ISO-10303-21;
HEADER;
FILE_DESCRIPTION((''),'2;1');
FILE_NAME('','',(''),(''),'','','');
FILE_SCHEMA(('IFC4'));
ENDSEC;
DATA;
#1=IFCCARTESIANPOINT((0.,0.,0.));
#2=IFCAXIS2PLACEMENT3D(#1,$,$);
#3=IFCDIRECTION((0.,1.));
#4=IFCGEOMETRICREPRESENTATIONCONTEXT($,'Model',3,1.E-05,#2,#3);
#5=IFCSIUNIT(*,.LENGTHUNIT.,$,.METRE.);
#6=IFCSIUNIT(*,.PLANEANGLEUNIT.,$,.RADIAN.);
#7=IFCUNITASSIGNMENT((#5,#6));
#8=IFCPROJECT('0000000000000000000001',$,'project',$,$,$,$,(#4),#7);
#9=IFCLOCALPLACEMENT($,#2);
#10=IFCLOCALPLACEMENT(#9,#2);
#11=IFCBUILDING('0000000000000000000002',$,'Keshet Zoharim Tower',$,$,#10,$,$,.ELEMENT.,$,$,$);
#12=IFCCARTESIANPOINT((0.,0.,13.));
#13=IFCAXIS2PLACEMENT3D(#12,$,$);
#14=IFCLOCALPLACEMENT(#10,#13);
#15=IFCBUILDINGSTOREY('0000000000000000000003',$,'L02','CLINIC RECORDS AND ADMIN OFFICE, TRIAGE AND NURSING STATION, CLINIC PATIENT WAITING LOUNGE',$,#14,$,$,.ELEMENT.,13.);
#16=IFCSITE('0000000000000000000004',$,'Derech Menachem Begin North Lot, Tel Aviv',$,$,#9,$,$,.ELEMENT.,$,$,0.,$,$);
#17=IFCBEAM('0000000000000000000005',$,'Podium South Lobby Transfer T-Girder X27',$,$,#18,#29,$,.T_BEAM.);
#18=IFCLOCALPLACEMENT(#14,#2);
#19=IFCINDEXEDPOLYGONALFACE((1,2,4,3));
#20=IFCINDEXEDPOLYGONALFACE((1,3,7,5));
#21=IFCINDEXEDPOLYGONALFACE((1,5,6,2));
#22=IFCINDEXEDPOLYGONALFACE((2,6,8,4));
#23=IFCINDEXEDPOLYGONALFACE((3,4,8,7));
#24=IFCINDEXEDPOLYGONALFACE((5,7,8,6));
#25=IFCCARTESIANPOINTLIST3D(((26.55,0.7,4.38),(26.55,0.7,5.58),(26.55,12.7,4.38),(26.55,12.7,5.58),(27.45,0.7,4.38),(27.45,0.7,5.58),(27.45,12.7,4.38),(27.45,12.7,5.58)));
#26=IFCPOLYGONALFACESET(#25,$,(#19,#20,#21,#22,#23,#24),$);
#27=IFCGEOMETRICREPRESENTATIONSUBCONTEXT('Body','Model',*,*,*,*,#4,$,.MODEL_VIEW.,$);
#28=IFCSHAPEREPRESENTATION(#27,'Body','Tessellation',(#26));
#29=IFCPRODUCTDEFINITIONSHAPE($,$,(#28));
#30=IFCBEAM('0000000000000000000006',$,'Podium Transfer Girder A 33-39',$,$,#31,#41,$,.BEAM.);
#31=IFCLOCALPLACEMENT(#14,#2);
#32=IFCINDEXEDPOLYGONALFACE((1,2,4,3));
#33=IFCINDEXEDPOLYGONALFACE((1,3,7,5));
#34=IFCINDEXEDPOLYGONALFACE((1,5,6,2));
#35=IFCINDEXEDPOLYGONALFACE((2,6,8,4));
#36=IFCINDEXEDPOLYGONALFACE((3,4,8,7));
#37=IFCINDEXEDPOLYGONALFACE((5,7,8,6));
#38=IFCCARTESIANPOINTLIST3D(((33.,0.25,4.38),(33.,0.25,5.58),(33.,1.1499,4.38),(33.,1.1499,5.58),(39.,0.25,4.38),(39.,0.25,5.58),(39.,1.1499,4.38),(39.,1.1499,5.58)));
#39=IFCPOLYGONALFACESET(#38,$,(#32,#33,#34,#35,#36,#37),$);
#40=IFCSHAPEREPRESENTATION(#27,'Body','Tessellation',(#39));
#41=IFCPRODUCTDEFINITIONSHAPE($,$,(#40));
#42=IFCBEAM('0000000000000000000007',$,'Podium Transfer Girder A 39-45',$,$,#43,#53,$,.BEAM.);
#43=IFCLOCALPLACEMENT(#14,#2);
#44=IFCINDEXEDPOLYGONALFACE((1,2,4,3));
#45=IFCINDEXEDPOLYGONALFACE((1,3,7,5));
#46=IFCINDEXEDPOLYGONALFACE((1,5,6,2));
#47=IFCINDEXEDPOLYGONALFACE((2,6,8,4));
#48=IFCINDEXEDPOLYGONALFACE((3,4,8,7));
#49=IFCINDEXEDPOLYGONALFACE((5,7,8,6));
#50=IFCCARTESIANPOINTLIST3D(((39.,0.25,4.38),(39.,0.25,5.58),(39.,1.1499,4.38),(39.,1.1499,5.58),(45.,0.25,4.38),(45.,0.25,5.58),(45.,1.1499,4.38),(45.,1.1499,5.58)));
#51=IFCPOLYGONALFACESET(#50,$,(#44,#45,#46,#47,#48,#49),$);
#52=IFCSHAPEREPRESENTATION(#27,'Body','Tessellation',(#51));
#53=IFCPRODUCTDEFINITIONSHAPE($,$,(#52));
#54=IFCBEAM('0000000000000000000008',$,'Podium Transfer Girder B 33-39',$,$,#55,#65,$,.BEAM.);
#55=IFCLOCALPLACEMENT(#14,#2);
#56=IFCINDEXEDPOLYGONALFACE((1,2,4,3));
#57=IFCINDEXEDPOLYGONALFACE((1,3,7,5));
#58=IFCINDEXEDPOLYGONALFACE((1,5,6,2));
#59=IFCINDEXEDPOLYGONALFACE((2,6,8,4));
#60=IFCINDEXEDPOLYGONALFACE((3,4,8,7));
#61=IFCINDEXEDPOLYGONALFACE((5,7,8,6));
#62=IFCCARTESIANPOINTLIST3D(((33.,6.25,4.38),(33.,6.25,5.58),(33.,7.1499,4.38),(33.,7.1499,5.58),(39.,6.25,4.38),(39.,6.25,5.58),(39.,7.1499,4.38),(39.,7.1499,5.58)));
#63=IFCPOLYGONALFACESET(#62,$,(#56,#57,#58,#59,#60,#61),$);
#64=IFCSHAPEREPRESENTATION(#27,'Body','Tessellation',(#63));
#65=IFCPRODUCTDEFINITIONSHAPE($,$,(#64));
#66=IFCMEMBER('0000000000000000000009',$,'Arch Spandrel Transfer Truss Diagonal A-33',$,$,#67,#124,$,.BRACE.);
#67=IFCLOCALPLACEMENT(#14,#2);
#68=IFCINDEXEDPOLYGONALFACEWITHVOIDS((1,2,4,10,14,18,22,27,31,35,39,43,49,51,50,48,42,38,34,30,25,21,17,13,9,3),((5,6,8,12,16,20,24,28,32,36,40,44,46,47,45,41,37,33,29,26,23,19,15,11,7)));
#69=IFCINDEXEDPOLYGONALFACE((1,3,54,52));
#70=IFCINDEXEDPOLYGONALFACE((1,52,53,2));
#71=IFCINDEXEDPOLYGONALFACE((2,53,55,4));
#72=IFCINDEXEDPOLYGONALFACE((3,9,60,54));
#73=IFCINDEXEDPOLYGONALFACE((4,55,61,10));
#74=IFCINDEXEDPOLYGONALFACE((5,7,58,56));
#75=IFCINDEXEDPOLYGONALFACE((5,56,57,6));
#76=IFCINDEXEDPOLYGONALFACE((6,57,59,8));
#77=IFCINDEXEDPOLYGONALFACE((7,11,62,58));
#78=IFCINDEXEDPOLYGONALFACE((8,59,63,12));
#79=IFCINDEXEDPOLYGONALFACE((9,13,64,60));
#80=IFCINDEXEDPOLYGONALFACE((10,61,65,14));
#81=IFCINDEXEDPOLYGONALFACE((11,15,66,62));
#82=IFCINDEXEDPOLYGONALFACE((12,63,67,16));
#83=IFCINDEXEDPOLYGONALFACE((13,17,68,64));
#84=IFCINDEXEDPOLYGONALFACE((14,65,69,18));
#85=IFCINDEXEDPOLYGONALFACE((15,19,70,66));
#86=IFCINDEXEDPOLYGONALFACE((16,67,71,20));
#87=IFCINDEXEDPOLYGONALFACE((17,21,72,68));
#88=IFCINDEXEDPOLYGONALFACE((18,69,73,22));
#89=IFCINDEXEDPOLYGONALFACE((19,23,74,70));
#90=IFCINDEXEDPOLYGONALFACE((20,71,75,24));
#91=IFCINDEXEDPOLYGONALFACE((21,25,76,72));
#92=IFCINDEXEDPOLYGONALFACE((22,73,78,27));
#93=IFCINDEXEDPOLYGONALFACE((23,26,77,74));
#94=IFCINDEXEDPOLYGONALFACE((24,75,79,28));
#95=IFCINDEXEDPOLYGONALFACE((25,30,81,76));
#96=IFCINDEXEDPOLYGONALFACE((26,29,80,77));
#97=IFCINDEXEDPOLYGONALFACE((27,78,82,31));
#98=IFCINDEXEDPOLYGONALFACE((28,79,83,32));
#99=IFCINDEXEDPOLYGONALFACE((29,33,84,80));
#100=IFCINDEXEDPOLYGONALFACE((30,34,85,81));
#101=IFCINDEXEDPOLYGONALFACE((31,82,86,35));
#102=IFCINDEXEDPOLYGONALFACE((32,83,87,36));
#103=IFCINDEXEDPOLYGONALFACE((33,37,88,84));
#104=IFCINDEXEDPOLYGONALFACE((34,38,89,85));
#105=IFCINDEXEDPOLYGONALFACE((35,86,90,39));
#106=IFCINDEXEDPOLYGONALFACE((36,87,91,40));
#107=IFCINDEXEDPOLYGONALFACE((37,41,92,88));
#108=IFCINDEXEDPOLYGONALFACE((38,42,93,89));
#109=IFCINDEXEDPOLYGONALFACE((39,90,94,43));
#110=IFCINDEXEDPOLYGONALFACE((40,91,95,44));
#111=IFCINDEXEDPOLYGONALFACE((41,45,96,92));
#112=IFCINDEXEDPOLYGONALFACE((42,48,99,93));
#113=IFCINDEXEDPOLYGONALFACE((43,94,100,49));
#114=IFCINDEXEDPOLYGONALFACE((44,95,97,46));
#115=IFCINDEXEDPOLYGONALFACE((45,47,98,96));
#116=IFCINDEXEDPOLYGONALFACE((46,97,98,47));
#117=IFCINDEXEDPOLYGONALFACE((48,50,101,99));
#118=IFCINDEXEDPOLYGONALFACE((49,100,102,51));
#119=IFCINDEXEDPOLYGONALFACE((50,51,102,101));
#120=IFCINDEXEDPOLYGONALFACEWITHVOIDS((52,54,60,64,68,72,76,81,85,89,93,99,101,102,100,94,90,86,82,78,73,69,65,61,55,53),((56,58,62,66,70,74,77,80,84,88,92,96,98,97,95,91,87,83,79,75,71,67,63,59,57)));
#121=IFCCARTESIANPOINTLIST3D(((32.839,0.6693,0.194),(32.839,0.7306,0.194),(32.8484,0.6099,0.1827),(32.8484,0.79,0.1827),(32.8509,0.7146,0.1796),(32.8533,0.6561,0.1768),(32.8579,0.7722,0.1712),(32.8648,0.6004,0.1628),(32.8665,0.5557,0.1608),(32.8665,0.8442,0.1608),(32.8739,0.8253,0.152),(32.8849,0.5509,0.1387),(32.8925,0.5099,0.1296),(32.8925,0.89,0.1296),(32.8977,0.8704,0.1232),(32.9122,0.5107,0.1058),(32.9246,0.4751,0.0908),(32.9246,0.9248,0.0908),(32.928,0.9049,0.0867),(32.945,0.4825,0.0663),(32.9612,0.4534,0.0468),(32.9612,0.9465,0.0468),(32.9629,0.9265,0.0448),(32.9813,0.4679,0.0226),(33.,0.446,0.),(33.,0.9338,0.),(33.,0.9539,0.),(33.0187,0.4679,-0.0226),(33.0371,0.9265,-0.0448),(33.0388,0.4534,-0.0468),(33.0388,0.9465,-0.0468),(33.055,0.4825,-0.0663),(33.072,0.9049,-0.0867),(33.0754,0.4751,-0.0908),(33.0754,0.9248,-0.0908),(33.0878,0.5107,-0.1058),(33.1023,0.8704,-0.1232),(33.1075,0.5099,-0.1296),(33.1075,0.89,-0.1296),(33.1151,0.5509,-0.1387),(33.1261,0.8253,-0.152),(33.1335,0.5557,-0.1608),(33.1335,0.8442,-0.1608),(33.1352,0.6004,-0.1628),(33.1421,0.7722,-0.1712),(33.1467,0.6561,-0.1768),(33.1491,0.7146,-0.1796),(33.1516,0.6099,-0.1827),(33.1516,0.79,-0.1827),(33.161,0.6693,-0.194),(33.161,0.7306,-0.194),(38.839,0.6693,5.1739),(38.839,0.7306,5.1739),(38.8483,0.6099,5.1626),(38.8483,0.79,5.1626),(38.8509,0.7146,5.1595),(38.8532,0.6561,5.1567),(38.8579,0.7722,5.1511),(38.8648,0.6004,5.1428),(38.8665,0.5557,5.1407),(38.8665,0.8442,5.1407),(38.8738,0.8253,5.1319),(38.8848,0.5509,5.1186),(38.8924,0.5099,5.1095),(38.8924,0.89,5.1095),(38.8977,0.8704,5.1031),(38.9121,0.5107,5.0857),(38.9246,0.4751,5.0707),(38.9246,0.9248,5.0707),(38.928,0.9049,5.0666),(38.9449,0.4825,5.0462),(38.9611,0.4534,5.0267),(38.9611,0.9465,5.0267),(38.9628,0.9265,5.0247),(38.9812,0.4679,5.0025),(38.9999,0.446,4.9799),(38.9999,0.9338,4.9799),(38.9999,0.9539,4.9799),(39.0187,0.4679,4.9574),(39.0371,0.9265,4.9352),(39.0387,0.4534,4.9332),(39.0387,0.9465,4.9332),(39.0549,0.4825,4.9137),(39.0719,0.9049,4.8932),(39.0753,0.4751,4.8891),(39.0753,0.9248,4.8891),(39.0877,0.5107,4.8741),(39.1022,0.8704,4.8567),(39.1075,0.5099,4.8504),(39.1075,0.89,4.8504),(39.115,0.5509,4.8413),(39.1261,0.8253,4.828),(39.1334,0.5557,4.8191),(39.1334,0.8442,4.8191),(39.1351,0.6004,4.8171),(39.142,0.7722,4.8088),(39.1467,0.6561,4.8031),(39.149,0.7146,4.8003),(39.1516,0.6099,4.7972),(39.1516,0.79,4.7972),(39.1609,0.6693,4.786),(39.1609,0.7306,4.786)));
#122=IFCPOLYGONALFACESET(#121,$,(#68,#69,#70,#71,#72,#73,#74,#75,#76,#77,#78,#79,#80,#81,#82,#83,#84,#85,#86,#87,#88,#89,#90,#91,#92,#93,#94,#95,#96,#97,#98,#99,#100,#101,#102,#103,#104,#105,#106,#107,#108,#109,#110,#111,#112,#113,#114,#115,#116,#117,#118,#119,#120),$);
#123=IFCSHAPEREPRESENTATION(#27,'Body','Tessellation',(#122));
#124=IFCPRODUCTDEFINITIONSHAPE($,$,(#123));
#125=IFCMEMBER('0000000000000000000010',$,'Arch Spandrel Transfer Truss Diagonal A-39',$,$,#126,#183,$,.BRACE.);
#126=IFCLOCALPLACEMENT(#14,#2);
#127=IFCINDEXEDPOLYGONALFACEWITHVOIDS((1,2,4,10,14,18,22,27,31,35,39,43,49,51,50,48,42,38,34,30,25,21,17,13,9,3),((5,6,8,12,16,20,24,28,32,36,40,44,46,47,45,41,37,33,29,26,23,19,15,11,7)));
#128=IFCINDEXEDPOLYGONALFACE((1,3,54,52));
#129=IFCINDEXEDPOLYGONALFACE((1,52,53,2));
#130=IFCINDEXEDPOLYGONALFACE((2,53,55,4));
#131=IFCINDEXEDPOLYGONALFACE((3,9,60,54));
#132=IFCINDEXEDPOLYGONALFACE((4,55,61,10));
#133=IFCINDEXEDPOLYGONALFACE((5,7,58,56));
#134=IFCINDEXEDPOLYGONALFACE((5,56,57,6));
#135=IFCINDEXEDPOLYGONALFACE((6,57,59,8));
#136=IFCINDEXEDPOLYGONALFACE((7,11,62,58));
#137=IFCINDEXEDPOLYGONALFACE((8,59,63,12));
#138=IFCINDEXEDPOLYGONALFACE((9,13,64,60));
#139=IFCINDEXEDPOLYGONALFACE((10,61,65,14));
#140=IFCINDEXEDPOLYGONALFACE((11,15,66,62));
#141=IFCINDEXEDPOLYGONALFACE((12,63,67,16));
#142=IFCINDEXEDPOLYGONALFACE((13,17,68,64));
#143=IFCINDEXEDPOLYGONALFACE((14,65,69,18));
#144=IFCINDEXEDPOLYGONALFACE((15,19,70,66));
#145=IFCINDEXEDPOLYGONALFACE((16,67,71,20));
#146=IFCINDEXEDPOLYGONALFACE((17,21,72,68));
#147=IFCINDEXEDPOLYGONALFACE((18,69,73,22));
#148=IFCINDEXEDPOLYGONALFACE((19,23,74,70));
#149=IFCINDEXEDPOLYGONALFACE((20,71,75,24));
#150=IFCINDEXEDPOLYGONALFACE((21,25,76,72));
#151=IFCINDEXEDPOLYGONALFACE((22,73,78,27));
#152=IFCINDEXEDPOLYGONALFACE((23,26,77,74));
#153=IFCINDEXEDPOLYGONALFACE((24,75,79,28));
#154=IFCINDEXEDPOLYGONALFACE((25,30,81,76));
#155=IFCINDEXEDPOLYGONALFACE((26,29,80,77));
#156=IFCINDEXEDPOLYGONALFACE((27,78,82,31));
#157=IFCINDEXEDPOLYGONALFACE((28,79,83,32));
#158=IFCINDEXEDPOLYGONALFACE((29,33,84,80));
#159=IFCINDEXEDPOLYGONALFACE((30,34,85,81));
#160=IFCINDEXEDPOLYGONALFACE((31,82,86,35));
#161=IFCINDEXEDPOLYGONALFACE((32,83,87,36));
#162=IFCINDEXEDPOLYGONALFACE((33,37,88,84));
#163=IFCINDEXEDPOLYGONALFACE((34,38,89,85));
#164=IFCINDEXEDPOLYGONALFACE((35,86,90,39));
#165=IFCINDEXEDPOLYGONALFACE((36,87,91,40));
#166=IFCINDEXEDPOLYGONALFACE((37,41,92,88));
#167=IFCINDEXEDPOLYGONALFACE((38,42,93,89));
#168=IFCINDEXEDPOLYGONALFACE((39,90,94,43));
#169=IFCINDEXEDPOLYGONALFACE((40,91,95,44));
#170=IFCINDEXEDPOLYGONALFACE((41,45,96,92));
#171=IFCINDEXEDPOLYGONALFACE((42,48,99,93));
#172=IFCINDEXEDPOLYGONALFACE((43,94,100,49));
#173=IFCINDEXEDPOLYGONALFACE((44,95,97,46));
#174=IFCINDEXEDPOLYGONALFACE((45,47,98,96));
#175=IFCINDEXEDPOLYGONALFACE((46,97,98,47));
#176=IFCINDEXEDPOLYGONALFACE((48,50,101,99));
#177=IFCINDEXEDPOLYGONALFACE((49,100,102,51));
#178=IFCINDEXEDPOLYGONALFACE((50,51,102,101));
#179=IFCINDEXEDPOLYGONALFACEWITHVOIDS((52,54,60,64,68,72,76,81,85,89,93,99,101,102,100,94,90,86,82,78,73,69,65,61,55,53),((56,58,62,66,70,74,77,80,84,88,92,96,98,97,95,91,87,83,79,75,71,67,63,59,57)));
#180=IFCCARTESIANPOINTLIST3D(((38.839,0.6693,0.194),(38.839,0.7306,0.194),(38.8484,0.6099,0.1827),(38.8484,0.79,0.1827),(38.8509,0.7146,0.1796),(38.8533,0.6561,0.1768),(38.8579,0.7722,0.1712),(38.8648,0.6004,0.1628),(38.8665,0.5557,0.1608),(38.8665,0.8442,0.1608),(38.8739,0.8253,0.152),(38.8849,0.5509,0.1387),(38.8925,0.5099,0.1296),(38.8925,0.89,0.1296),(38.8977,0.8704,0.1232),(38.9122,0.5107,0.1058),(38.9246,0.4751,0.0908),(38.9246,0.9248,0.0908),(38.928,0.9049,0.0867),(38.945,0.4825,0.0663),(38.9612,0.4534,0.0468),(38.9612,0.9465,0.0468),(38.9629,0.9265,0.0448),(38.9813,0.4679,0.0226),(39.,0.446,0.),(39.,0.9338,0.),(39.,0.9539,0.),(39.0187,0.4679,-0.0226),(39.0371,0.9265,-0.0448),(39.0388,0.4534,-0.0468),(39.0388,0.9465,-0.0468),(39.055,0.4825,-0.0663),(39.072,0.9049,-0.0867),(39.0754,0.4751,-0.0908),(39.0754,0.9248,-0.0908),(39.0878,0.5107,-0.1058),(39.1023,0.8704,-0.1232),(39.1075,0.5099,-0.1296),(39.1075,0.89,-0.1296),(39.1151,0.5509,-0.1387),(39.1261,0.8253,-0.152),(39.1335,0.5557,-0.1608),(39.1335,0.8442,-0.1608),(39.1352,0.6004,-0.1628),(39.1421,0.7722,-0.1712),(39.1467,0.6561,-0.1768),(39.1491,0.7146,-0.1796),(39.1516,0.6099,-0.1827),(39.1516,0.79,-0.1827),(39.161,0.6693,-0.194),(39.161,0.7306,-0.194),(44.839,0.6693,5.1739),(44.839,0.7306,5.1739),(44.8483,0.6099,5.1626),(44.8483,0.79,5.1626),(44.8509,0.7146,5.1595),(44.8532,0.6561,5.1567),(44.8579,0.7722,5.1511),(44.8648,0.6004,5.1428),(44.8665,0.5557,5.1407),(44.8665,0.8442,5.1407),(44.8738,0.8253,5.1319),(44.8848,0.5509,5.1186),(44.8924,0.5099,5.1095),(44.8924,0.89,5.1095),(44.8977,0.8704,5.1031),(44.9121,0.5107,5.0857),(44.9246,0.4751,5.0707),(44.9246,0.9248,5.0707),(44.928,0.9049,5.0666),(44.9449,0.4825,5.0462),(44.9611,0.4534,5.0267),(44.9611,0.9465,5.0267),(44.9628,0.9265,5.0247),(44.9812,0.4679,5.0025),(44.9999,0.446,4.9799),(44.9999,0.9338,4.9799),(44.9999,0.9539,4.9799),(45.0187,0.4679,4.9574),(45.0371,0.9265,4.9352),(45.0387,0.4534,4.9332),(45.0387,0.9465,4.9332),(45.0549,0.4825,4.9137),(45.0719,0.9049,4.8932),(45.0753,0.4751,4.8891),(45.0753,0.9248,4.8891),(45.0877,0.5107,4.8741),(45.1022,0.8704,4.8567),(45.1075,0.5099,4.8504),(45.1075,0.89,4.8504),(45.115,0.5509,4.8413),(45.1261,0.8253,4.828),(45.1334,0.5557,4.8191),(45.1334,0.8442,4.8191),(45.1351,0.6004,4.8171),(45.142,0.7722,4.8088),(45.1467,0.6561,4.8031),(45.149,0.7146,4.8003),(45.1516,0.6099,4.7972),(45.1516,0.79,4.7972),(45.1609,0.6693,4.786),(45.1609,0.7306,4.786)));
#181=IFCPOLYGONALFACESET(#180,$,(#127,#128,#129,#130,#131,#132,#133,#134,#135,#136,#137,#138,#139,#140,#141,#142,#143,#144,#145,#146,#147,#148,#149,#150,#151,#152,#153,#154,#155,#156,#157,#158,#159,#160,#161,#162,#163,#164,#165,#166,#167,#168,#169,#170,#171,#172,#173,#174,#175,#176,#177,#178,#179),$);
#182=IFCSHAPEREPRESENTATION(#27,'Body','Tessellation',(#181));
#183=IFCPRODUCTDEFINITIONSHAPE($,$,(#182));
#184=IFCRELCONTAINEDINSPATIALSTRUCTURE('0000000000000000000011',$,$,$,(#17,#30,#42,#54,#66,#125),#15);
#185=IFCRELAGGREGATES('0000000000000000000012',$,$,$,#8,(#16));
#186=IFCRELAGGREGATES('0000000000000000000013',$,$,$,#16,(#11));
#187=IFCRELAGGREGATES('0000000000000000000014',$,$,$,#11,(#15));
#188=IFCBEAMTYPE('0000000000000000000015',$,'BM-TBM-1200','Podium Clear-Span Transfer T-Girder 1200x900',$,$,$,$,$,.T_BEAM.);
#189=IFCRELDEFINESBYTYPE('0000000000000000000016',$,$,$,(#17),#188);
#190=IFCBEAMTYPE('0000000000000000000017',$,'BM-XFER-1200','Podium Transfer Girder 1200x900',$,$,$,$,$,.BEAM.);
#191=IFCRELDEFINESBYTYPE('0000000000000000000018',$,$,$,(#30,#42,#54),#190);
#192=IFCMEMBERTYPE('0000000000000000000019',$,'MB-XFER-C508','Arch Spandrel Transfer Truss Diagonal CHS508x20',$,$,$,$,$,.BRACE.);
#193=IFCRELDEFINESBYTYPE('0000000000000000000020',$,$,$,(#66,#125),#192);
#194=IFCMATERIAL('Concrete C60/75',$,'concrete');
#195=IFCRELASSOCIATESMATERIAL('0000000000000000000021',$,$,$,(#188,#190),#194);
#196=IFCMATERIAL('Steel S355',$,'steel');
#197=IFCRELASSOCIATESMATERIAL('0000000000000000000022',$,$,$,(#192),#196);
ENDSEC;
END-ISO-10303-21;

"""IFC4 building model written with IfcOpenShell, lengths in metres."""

from ifc_helpers import new_model, si_unit, direction, frame, origin, origin_2d, place, context, subcontext, project, spatial, rectangle, hollow_circle, extrude, material, material_profile, profile_set, type_object, element, save


model = new_model("IFC4")

# Units and contexts
model_context = context("Model", 3, precision=1e-05, world=origin(), true_north=direction((0.0, 1.0)))
body_context = subcontext(model_context, "Body", "Model", "MODEL_VIEW")
ifc_project = project(units=[si_unit("LENGTHUNIT", "METRE"), si_unit("PLANEANGLEUNIT", "RADIAN")], contexts=[model_context])

# Site, building, storey
site_placement = place(None, origin())
site = spatial("IfcSite", under=ifc_project, at=site_placement, Name="Derech Menachem Begin North Lot, Tel Aviv", CompositionType="ELEMENT", RefElevation=0.0)
building_placement = place(site_placement, origin())
building = spatial("IfcBuilding", under=site, at=building_placement, Name="Keshet Zoharim Tower", CompositionType="ELEMENT")
storey_placement = place(building_placement, frame((0.0, 0.0, 13.0)))
storey = spatial("IfcBuildingStorey", under=building, at=storey_placement, Name="L02", Description="CLINIC RECORDS AND ADMIN OFFICE, TRIAGE AND NURSING STATION, CLINIC PATIENT WAITING LOUNGE", CompositionType="ELEMENT", Elevation=13.0)

# Shared definitions
ifc_material_1 = material(Name="Steel S355", Category="steel")
ifc_material_2 = material(Name="Concrete C60/75", Category="concrete")

# Beams
ifc_material_profile_1 = material_profile(ifc_material_2, rectangle(XDim=0.8999, YDim=1.2, at=origin_2d()), Name="RC1200x900")
ifc_profile_set_1 = profile_set([ifc_material_profile_1], Name="Concrete C60/75")
beam_type_1 = type_object("IfcBeamType", Name="BM-TBM-1200", Description="Podium Clear-Span Transfer T-Girder 1200x900", PredefinedType="T_BEAM", material=ifc_profile_set_1)
beam_placement = place(storey_placement, frame((27.0, 0.7, 4.98), z_axis=(0.0, 1.0, 0.0), x_axis=(-1.0, 0.0, 0.0)))
element("IfcBeam", 1, at=beam_placement, inside=storey, type_object=beam_type_1, Name="Podium South Lobby Transfer T-Girder X27", PredefinedType="T_BEAM", context=body_context, shape_type="SweptSolid", body=[
    extrude(rectangle(XDim=0.8999, YDim=1.2, at=origin_2d()), origin(), (0.0, 0.0, 1.0), 12.0),
])
ifc_material_profile_2 = material_profile(ifc_material_2, rectangle(XDim=0.8999, YDim=1.2, at=origin_2d()), Name="RC1200x900")
ifc_profile_set_2 = profile_set([ifc_material_profile_2], Name="Concrete C60/75")
beam_type_2 = type_object("IfcBeamType", Name="BM-XFER-1200", Description="Podium Transfer Girder 1200x900", PredefinedType="BEAM", material=ifc_profile_set_2)
for number, where, z_axis, x_axis, name in (
    (2, (33.0, 0.7, 4.98), (1.0, 0.0, 0.0), (0.0, 1.0, 0.0), "Podium Transfer Girder A 33-39"),
    (3, (39.0, 0.7, 4.98), (1.0, 0.0, 0.0), (0.0, 1.0, 0.0), "Podium Transfer Girder A 39-45"),
    (4, (33.0, 6.7, 4.98), (1.0, 0.0, 0.0), (0.0, 1.0, 0.0), "Podium Transfer Girder B 33-39"),
):
    element("IfcBeam", number, at=place(storey_placement, frame(where, z_axis=z_axis, x_axis=x_axis)), inside=storey, type_object=beam_type_2, Name=name, PredefinedType="BEAM", context=body_context, shape_type="SweptSolid", body=[
        extrude(rectangle(XDim=0.8999, YDim=1.2, at=origin_2d()), origin(), (0.0, 0.0, 1.0), 6.0),
    ])

# Members
ifc_material_profile_3 = material_profile(ifc_material_1, hollow_circle(Radius=0.2539, WallThickness=0.02, at=origin_2d()), Name="CHS508x20")
ifc_profile_set_3 = profile_set([ifc_material_profile_3], Name="Steel S355")
member_type = type_object("IfcMemberType", Name="MB-XFER-C508", Description="Arch Spandrel Transfer Truss Diagonal CHS508x20", PredefinedType="BRACE", material=ifc_profile_set_3)
for number, where, z_axis, x_axis, name in (
    (5, (33.0, 0.7, 0.0), (0.769482, 0.0, 0.638668), (0.0, 1.0, 0.0), "Arch Spandrel Transfer Truss Diagonal A-33"),
    (6, (39.0, 0.7, 0.0), (0.769482, 0.0, 0.638668), (0.0, 1.0, 0.0), "Arch Spandrel Transfer Truss Diagonal A-39"),
):
    element("IfcMember", number, at=place(storey_placement, frame(where, z_axis=z_axis, x_axis=x_axis)), inside=storey, type_object=member_type, Name=name, PredefinedType="BRACE", context=body_context, shape_type="SweptSolid", body=[
        extrude(hollow_circle(Radius=0.2539, WallThickness=0.02, at=origin_2d()), origin(), (0.0, 0.0, 1.0), 7.7974),
    ])

save(model, "model.ifc")
